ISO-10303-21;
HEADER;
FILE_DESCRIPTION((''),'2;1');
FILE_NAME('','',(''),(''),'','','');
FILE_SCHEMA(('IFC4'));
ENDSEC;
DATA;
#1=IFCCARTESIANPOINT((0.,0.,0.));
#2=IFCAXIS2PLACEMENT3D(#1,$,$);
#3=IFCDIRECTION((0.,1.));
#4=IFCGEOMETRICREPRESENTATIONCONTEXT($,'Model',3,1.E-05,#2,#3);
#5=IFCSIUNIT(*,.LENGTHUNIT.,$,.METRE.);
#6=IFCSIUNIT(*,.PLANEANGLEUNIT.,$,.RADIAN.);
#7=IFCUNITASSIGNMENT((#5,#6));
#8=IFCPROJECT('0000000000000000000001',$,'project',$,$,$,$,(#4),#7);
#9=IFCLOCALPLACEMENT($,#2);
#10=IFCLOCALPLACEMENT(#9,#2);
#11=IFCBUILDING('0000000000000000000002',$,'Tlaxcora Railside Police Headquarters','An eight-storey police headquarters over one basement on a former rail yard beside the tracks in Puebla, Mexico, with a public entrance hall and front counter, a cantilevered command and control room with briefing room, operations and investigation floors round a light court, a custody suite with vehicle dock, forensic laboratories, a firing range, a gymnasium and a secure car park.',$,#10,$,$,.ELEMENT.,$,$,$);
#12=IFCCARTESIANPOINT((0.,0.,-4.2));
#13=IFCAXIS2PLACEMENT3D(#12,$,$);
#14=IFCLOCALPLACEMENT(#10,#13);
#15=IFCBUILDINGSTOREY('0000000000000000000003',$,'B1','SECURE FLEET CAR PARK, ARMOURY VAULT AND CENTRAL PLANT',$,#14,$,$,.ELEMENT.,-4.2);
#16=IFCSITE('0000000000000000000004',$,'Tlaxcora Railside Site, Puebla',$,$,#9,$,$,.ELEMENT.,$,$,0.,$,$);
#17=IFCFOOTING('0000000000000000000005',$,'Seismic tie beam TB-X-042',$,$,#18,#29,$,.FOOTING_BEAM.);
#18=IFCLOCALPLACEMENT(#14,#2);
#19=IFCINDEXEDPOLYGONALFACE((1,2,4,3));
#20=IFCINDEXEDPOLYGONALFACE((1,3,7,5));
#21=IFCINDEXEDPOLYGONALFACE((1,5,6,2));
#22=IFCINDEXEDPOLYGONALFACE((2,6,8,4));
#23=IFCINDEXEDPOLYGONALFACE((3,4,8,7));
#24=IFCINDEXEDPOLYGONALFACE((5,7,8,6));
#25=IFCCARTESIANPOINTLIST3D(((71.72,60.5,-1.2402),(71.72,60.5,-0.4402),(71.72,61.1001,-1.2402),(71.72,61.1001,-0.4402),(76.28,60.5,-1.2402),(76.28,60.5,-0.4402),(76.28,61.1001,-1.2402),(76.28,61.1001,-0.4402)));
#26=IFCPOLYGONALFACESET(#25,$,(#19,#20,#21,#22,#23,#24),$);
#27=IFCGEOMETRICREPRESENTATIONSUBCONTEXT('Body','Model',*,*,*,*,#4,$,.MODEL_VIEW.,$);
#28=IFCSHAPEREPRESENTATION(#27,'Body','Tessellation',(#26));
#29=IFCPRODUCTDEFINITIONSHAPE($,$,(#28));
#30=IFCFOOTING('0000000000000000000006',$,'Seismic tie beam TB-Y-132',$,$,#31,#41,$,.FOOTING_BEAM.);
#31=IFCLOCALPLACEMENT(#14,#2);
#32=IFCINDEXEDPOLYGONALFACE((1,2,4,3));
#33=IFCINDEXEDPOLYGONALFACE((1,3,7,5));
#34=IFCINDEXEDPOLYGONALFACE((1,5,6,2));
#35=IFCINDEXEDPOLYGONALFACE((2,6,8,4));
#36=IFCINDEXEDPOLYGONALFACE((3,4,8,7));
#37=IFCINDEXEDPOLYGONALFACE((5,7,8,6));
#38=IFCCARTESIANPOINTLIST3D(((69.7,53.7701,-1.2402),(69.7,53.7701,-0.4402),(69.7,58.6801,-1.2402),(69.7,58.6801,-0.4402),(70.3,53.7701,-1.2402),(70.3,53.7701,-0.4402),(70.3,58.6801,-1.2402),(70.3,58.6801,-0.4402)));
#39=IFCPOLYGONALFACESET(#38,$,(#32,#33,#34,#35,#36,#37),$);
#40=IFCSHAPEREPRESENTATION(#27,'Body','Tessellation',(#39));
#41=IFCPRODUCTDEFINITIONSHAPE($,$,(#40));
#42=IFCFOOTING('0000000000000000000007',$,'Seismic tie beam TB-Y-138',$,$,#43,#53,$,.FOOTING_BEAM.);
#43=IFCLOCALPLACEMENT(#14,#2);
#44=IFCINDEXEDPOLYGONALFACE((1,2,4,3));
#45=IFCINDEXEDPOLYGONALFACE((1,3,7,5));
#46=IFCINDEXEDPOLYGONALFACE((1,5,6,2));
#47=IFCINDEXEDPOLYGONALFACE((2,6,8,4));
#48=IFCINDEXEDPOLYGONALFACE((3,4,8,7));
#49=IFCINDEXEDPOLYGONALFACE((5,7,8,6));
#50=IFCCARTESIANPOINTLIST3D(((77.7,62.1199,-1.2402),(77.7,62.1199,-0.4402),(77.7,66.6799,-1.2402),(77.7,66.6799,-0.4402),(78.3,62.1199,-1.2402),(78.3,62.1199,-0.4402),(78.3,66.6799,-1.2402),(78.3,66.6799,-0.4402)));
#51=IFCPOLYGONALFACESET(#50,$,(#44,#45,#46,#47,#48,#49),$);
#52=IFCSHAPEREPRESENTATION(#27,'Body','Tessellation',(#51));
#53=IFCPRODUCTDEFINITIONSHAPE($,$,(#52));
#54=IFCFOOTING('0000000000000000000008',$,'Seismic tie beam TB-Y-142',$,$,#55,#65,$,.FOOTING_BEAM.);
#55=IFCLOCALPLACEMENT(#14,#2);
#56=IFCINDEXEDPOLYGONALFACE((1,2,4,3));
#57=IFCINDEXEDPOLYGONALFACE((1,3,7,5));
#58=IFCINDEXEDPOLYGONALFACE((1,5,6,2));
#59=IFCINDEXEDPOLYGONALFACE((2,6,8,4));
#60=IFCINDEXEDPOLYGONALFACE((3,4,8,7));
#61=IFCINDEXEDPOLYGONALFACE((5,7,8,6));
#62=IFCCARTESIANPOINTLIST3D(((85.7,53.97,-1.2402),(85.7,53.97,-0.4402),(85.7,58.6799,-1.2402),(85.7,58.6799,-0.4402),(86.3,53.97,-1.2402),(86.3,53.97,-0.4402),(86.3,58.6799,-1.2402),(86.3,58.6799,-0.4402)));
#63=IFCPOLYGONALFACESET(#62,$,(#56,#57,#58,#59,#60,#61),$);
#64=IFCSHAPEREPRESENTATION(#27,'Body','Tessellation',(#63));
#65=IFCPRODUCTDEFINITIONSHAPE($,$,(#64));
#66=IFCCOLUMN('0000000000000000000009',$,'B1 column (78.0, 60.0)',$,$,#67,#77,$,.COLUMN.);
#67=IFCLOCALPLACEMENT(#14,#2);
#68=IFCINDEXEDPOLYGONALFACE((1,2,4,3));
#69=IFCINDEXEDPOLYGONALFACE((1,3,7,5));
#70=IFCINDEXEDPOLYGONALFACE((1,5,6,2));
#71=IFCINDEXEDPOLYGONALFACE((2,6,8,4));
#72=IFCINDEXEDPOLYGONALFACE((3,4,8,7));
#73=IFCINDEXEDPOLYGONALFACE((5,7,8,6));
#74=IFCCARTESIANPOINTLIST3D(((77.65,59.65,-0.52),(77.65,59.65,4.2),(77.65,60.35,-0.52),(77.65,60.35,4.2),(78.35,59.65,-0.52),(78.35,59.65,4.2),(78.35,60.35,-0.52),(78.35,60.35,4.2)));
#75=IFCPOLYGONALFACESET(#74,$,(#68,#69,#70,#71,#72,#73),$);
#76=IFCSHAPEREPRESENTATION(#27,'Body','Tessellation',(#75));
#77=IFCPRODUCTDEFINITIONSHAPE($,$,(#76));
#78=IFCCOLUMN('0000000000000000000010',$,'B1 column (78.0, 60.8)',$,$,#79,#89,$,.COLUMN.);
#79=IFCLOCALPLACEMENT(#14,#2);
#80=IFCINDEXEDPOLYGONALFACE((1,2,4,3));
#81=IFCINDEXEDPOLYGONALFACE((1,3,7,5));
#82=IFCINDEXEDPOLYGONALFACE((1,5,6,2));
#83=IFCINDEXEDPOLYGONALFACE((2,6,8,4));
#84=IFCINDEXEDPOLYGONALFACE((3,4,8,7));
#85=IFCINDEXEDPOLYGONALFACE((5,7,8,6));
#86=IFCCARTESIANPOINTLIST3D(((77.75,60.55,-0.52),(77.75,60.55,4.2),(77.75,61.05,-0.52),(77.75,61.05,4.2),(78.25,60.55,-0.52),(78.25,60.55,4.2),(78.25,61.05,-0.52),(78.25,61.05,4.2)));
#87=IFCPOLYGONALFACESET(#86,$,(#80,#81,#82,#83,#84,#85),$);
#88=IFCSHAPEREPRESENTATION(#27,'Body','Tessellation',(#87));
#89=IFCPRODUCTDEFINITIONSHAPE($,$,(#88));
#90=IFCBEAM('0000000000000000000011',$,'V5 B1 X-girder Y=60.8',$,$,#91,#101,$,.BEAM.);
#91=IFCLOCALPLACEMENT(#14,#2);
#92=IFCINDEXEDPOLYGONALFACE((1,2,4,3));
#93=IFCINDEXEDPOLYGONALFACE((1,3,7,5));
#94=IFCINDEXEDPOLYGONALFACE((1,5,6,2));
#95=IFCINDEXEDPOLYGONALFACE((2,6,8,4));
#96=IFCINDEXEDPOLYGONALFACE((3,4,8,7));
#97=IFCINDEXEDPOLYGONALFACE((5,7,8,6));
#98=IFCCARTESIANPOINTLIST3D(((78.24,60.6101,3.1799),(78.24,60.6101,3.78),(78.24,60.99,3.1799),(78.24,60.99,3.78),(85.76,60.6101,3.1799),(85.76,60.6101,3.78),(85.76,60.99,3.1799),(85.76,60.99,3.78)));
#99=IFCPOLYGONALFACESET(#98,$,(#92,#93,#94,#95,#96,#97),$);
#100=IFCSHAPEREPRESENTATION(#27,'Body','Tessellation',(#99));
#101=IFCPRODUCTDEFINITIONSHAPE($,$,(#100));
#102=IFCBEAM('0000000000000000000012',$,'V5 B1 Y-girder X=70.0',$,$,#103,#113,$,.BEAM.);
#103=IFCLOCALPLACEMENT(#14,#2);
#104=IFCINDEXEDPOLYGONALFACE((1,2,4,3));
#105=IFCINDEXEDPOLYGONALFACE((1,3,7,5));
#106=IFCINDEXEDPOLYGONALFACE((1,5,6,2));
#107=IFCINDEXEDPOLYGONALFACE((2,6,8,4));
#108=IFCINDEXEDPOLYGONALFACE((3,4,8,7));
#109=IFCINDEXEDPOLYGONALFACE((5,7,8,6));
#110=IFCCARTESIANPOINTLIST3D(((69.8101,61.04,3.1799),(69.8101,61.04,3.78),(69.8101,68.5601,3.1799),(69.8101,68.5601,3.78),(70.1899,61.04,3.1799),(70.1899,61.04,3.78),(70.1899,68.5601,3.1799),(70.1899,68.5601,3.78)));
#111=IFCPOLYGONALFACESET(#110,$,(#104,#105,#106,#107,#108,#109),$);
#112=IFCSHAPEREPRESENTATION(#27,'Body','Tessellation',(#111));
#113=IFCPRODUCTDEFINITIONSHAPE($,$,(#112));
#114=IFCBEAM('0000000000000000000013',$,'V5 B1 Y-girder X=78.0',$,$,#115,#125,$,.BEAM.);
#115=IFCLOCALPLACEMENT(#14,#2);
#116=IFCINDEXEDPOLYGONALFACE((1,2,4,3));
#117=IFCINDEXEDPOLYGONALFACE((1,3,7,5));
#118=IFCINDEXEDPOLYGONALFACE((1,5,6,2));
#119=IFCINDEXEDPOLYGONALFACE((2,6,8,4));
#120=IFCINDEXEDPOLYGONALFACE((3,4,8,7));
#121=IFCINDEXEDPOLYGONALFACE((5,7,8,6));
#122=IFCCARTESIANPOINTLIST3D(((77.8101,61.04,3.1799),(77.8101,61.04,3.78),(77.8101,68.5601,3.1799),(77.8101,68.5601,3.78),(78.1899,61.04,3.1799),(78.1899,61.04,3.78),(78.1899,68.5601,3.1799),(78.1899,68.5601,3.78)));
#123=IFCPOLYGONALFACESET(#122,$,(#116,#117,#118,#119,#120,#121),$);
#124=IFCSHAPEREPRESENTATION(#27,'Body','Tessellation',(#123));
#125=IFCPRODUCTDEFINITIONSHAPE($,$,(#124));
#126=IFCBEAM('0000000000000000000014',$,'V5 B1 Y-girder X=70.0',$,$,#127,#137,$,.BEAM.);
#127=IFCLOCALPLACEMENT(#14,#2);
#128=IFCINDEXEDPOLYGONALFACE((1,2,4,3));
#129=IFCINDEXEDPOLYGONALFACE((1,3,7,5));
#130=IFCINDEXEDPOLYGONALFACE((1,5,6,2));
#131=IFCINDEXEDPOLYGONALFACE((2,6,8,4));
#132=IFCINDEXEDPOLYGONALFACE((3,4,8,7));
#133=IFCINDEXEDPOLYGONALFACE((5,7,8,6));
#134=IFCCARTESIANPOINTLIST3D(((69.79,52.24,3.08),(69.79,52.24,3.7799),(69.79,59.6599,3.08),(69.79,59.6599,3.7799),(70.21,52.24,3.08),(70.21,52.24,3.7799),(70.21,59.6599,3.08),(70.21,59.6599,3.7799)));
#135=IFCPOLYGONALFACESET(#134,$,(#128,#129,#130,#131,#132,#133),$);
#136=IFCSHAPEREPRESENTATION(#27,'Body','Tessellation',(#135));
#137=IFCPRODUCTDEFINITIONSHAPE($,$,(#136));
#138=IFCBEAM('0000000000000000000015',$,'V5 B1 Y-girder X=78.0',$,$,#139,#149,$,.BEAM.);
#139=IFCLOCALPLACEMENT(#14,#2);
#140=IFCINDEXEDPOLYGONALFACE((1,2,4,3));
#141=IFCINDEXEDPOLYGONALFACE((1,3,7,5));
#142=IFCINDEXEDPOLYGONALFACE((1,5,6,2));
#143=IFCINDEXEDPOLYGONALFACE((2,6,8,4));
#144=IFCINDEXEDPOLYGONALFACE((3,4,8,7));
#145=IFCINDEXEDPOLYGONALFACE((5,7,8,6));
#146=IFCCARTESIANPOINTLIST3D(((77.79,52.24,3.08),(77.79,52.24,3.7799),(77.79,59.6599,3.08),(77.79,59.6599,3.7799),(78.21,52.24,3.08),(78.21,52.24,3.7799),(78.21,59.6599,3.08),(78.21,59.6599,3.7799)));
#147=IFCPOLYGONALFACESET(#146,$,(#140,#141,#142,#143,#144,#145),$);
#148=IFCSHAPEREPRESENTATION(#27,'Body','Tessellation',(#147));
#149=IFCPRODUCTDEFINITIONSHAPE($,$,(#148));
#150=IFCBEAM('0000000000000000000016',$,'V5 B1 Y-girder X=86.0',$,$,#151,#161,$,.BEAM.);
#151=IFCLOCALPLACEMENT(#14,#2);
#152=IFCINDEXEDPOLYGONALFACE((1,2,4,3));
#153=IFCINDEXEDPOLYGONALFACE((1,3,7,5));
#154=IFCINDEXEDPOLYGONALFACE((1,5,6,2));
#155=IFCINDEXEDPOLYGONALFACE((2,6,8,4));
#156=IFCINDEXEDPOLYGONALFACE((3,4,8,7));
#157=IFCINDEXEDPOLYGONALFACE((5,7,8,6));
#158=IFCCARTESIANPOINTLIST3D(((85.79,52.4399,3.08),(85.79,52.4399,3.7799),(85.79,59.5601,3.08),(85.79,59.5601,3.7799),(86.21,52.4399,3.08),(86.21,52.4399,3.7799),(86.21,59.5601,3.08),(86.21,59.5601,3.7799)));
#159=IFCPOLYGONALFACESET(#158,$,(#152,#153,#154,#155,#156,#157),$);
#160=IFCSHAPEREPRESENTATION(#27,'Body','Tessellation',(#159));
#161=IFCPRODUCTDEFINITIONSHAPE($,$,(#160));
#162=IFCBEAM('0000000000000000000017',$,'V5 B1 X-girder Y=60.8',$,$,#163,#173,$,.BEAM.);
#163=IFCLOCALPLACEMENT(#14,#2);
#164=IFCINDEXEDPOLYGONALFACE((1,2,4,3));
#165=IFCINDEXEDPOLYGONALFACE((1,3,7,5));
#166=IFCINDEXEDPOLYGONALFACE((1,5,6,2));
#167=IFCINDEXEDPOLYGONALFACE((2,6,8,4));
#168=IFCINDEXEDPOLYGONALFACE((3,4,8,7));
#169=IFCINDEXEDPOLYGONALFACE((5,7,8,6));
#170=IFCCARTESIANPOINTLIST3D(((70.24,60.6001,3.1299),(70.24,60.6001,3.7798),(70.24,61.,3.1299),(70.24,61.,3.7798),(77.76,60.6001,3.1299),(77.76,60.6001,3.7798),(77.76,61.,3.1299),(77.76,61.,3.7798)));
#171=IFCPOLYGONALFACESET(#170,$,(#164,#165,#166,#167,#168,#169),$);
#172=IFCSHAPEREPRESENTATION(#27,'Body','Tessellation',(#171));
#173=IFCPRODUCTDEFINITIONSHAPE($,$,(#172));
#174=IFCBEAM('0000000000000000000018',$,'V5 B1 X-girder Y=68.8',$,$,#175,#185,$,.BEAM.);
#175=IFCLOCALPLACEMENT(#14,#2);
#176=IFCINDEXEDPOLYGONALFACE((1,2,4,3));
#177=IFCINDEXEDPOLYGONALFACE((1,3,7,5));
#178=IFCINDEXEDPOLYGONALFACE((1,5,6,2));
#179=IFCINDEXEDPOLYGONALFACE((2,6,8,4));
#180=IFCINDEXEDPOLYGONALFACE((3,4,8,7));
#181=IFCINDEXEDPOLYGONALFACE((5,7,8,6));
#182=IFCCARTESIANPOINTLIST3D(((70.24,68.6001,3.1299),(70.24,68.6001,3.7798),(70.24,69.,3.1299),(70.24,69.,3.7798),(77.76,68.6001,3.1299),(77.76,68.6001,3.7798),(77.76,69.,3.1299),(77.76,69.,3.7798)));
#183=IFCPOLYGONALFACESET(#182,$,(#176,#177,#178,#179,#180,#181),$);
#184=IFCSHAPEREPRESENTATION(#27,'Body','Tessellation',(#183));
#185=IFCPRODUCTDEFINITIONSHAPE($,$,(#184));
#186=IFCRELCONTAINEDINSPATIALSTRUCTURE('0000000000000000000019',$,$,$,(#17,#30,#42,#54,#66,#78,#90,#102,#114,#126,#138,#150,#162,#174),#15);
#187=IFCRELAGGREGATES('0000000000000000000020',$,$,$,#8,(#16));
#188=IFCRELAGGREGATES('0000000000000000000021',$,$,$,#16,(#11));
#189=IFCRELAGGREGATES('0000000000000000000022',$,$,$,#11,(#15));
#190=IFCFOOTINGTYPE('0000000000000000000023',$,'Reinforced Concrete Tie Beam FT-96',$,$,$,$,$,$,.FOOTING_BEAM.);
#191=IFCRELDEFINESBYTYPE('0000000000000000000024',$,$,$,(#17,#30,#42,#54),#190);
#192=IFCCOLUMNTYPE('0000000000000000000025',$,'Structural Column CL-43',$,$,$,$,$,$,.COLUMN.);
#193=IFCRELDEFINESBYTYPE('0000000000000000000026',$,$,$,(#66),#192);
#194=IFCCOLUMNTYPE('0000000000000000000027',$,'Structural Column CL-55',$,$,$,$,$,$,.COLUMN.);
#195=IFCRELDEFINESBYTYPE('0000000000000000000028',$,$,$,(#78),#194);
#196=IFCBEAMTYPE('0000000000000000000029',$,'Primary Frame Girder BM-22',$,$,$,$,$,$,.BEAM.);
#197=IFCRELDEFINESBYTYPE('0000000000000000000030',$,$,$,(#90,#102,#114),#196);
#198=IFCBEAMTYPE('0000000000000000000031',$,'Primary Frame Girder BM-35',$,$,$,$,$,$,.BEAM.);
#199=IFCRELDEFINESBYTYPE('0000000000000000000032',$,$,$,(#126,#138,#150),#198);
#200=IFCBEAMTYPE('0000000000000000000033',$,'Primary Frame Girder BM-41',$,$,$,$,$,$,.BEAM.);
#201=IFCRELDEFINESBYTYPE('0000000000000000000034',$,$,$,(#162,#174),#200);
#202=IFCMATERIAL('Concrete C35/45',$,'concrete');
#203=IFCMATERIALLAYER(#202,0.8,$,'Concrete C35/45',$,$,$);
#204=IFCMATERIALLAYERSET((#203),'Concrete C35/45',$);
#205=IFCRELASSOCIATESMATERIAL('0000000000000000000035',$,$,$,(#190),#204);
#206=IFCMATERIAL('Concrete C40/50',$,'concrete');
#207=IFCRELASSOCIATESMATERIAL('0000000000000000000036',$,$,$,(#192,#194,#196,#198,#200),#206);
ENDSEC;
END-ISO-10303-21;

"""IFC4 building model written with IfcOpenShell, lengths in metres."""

from ifc_helpers import new_model, si_unit, direction, frame, origin, origin_2d, place, context, subcontext, project, spatial, rectangle, extrude, material, layer, layer_set, material_profile, profile_set, type_object, element, save


model = new_model("IFC4")

# Units and contexts
model_context = context("Model", 3, precision=1e-05, world=origin(), true_north=direction((0.0, 1.0)))
body_context = subcontext(model_context, "Body", "Model", "MODEL_VIEW")
ifc_project = project(units=[si_unit("LENGTHUNIT", "METRE"), si_unit("PLANEANGLEUNIT", "RADIAN")], contexts=[model_context])

# Site, building, storey
site_placement = place(None, origin())
site = spatial("IfcSite", under=ifc_project, at=site_placement, Name="Tlaxcora Railside Site, Puebla", CompositionType="ELEMENT", RefElevation=0.0)
building_placement = place(site_placement, origin())
building = spatial("IfcBuilding", under=site, at=building_placement, Name="Tlaxcora Railside Police Headquarters", Description="An eight-storey police headquarters over one basement on a former rail yard beside the tracks in Puebla, Mexico, with a public entrance hall and front counter, a cantilevered command and control room with briefing room, operations and investigation floors round a light court, a custody suite with vehicle dock, forensic laboratories, a firing range, a gymnasium and a secure car park.", CompositionType="ELEMENT")
storey_placement = place(building_placement, frame((0.0, 0.0, -4.2)))
storey = spatial("IfcBuildingStorey", under=building, at=storey_placement, Name="B1", Description="SECURE FLEET CAR PARK, ARMOURY VAULT AND CENTRAL PLANT", CompositionType="ELEMENT", Elevation=-4.2)

# Shared definitions
ifc_material_1 = material(Name="Concrete C35/45", Category="concrete")

# Footings
ifc_material_2 = material(Name="Concrete C40/50", Category="concrete")
ifc_layer_1 = layer(ifc_material_1, 0.8, Name="Concrete C35/45")
ifc_layer_set_1 = layer_set([ifc_layer_1], Name="Concrete C35/45")
footing_type_1 = type_object("IfcFootingType", Name="Reinforced Concrete Tie Beam FT-96", PredefinedType="FOOTING_BEAM", material=ifc_layer_set_1)
for number, where, z_axis, x_axis, name in (
    (1, (74.0, 60.8, -1.2402), (0.0, 0.0, 1.0), (1.0, 0.0, 0.0), "Seismic tie beam TB-X-042"),
):
    element("IfcFooting", number, at=place(storey_placement, frame(where, z_axis=z_axis, x_axis=x_axis)), inside=storey, type_object=footing_type_1, Name=name, PredefinedType="FOOTING_BEAM", context=body_context, shape_type="SweptSolid", body=[
        extrude(rectangle(XDim=4.5601, YDim=0.6001, at=origin_2d()), origin(), (0.0, 0.0, 1.0), 0.8),
    ])
footing_1_placement = place(storey_placement, frame((70.0, 56.2251, -1.2402), z_axis=(0.0, 0.0, 1.0), x_axis=(0.0, 1.0, 0.0)))
element("IfcFooting", 2, at=footing_1_placement, inside=storey, type_object=footing_type_1, Name="Seismic tie beam TB-Y-132", PredefinedType="FOOTING_BEAM", context=body_context, shape_type="SweptSolid", body=[
    extrude(rectangle(XDim=4.9099, YDim=0.6001, at=origin_2d()), origin(), (0.0, 0.0, 1.0), 0.8),
])
footing_2_placement = place(storey_placement, frame((78.0, 64.3999, -1.2402), z_axis=(0.0, 0.0, 1.0), x_axis=(0.0, 1.0, 0.0)))
element("IfcFooting", 3, at=footing_2_placement, inside=storey, type_object=footing_type_1, Name="Seismic tie beam TB-Y-138", PredefinedType="FOOTING_BEAM", context=body_context, shape_type="SweptSolid", body=[
    extrude(rectangle(XDim=4.5601, YDim=0.6001, at=origin_2d()), origin(), (0.0, 0.0, 1.0), 0.8),
])
footing_3_placement = place(storey_placement, frame((86.0, 56.325, -1.2402), z_axis=(0.0, 0.0, 1.0), x_axis=(0.0, 1.0, 0.0)))
element("IfcFooting", 4, at=footing_3_placement, inside=storey, type_object=footing_type_1, Name="Seismic tie beam TB-Y-142", PredefinedType="FOOTING_BEAM", context=body_context, shape_type="SweptSolid", body=[
    extrude(rectangle(XDim=4.71, YDim=0.6001, at=origin_2d()), origin(), (0.0, 0.0, 1.0), 0.8),
])

# Columns
ifc_material_profile_1 = material_profile(ifc_material_2, rectangle(XDim=0.7, YDim=0.7, at=origin_2d()), Name="RC700X700")
ifc_profile_set_1 = profile_set([ifc_material_profile_1], Name="Concrete C40/50")
column_type_1 = type_object("IfcColumnType", Name="Structural Column CL-43", PredefinedType="COLUMN", material=ifc_profile_set_1)
column_1_placement = place(storey_placement, frame((78.0, 60.0, -0.52), z_axis=(0.0, 0.0, 1.0), x_axis=(1.0, 0.0, 0.0)))
element("IfcColumn", 5, at=column_1_placement, inside=storey, type_object=column_type_1, Name="B1 column (78.0, 60.0)", PredefinedType="COLUMN", context=body_context, shape_type="SweptSolid", body=[
    extrude(rectangle(XDim=0.7, YDim=0.7, at=origin_2d()), origin(), (0.0, 0.0, 1.0), 4.72),
])
ifc_material_profile_2 = material_profile(ifc_material_2, rectangle(XDim=0.5, YDim=0.5, at=origin_2d()), Name="RC500X500")
ifc_profile_set_2 = profile_set([ifc_material_profile_2], Name="Concrete C40/50")
column_type_2 = type_object("IfcColumnType", Name="Structural Column CL-55", PredefinedType="COLUMN", material=ifc_profile_set_2)
column_2_placement = place(storey_placement, frame((78.0, 60.8, -0.52), z_axis=(0.0, 0.0, 1.0), x_axis=(1.0, 0.0, 0.0)))
element("IfcColumn", 6, at=column_2_placement, inside=storey, type_object=column_type_2, Name="B1 column (78.0, 60.8)", PredefinedType="COLUMN", context=body_context, shape_type="SweptSolid", body=[
    extrude(rectangle(XDim=0.5, YDim=0.5, at=origin_2d()), origin(), (0.0, 0.0, 1.0), 4.72),
])

# Beams
ifc_material_profile_3 = material_profile(ifc_material_2, rectangle(XDim=0.3799, YDim=0.6001, at=origin_2d()), Name="RC380X600")
ifc_profile_set_3 = profile_set([ifc_material_profile_3], Name="Concrete C40/50")
beam_type_1 = type_object("IfcBeamType", Name="Primary Frame Girder BM-22", PredefinedType="BEAM", material=ifc_profile_set_3)
for number, where, z_axis, x_axis, name in (
    (7, (78.24, 60.8, 3.48), (1.0, 0.0, 0.0), (0.0, 1.0, 0.0), "V5 B1 X-girder Y=60.8"),
    (8, (70.0, 61.04, 3.48), (0.0, 1.0, 0.0), (-1.0, 0.0, 0.0), "V5 B1 Y-girder X=70.0"),
    (9, (78.0, 61.04, 3.48), (0.0, 1.0, 0.0), (-1.0, 0.0, 0.0), "V5 B1 Y-girder X=78.0"),
):
    element("IfcBeam", number, at=place(storey_placement, frame(where, z_axis=z_axis, x_axis=x_axis)), inside=storey, type_object=beam_type_1, Name=name, PredefinedType="BEAM", context=body_context, shape_type="SweptSolid", body=[
        extrude(rectangle(XDim=0.3799, YDim=0.6001, at=origin_2d()), origin(), (0.0, 0.0, 1.0), 7.52),
    ])
ifc_material_profile_4 = material_profile(ifc_material_2, rectangle(XDim=0.4199, YDim=0.7, at=origin_2d()), Name="RC420X700")
ifc_profile_set_4 = profile_set([ifc_material_profile_4], Name="Concrete C40/50")
beam_type_2 = type_object("IfcBeamType", Name="Primary Frame Girder BM-35", PredefinedType="BEAM", material=ifc_profile_set_4)
for number, where, z_axis, x_axis, name in (
    (10, (70.0, 52.24, 3.4299), (0.0, 1.0, 0.0), (-1.0, 0.0, 0.0), "V5 B1 Y-girder X=70.0"),
    (11, (78.0, 52.24, 3.4299), (0.0, 1.0, 0.0), (-1.0, 0.0, 0.0), "V5 B1 Y-girder X=78.0"),
):
    element("IfcBeam", number, at=place(storey_placement, frame(where, z_axis=z_axis, x_axis=x_axis)), inside=storey, type_object=beam_type_2, Name=name, PredefinedType="BEAM", context=body_context, shape_type="SweptSolid", body=[
        extrude(rectangle(XDim=0.4199, YDim=0.7, at=origin_2d()), origin(), (0.0, 0.0, 1.0), 7.4199),
    ])
beam_1_placement = place(storey_placement, frame((86.0, 52.4399, 3.4299), z_axis=(0.0, 1.0, 0.0), x_axis=(-1.0, 0.0, 0.0)))
element("IfcBeam", 12, at=beam_1_placement, inside=storey, type_object=beam_type_2, Name="V5 B1 Y-girder X=86.0", PredefinedType="BEAM", context=body_context, shape_type="SweptSolid", body=[
    extrude(rectangle(XDim=0.4199, YDim=0.7, at=origin_2d()), origin(), (0.0, 0.0, 1.0), 7.1201),
])
ifc_material_profile_5 = material_profile(ifc_material_2, rectangle(XDim=0.3999, YDim=0.6499, at=origin_2d()), Name="RC400X650")
ifc_profile_set_5 = profile_set([ifc_material_profile_5], Name="Concrete C40/50")
beam_type_3 = type_object("IfcBeamType", Name="Primary Frame Girder BM-41", PredefinedType="BEAM", material=ifc_profile_set_5)
for number, where, z_axis, x_axis, name in (
    (13, (70.24, 60.8, 3.4548), (1.0, 0.0, 0.0), (0.0, 1.0, 0.0), "V5 B1 X-girder Y=60.8"),
    (14, (70.24, 68.8, 3.4548), (1.0, 0.0, 0.0), (0.0, 1.0, 0.0), "V5 B1 X-girder Y=68.8"),
):
    element("IfcBeam", number, at=place(storey_placement, frame(where, z_axis=z_axis, x_axis=x_axis)), inside=storey, type_object=beam_type_3, Name=name, PredefinedType="BEAM", context=body_context, shape_type="SweptSolid", body=[
        extrude(rectangle(XDim=0.3999, YDim=0.6499, at=origin_2d()), origin(), (0.0, 0.0, 1.0), 7.52),
    ])

save(model, "model.ifc")
